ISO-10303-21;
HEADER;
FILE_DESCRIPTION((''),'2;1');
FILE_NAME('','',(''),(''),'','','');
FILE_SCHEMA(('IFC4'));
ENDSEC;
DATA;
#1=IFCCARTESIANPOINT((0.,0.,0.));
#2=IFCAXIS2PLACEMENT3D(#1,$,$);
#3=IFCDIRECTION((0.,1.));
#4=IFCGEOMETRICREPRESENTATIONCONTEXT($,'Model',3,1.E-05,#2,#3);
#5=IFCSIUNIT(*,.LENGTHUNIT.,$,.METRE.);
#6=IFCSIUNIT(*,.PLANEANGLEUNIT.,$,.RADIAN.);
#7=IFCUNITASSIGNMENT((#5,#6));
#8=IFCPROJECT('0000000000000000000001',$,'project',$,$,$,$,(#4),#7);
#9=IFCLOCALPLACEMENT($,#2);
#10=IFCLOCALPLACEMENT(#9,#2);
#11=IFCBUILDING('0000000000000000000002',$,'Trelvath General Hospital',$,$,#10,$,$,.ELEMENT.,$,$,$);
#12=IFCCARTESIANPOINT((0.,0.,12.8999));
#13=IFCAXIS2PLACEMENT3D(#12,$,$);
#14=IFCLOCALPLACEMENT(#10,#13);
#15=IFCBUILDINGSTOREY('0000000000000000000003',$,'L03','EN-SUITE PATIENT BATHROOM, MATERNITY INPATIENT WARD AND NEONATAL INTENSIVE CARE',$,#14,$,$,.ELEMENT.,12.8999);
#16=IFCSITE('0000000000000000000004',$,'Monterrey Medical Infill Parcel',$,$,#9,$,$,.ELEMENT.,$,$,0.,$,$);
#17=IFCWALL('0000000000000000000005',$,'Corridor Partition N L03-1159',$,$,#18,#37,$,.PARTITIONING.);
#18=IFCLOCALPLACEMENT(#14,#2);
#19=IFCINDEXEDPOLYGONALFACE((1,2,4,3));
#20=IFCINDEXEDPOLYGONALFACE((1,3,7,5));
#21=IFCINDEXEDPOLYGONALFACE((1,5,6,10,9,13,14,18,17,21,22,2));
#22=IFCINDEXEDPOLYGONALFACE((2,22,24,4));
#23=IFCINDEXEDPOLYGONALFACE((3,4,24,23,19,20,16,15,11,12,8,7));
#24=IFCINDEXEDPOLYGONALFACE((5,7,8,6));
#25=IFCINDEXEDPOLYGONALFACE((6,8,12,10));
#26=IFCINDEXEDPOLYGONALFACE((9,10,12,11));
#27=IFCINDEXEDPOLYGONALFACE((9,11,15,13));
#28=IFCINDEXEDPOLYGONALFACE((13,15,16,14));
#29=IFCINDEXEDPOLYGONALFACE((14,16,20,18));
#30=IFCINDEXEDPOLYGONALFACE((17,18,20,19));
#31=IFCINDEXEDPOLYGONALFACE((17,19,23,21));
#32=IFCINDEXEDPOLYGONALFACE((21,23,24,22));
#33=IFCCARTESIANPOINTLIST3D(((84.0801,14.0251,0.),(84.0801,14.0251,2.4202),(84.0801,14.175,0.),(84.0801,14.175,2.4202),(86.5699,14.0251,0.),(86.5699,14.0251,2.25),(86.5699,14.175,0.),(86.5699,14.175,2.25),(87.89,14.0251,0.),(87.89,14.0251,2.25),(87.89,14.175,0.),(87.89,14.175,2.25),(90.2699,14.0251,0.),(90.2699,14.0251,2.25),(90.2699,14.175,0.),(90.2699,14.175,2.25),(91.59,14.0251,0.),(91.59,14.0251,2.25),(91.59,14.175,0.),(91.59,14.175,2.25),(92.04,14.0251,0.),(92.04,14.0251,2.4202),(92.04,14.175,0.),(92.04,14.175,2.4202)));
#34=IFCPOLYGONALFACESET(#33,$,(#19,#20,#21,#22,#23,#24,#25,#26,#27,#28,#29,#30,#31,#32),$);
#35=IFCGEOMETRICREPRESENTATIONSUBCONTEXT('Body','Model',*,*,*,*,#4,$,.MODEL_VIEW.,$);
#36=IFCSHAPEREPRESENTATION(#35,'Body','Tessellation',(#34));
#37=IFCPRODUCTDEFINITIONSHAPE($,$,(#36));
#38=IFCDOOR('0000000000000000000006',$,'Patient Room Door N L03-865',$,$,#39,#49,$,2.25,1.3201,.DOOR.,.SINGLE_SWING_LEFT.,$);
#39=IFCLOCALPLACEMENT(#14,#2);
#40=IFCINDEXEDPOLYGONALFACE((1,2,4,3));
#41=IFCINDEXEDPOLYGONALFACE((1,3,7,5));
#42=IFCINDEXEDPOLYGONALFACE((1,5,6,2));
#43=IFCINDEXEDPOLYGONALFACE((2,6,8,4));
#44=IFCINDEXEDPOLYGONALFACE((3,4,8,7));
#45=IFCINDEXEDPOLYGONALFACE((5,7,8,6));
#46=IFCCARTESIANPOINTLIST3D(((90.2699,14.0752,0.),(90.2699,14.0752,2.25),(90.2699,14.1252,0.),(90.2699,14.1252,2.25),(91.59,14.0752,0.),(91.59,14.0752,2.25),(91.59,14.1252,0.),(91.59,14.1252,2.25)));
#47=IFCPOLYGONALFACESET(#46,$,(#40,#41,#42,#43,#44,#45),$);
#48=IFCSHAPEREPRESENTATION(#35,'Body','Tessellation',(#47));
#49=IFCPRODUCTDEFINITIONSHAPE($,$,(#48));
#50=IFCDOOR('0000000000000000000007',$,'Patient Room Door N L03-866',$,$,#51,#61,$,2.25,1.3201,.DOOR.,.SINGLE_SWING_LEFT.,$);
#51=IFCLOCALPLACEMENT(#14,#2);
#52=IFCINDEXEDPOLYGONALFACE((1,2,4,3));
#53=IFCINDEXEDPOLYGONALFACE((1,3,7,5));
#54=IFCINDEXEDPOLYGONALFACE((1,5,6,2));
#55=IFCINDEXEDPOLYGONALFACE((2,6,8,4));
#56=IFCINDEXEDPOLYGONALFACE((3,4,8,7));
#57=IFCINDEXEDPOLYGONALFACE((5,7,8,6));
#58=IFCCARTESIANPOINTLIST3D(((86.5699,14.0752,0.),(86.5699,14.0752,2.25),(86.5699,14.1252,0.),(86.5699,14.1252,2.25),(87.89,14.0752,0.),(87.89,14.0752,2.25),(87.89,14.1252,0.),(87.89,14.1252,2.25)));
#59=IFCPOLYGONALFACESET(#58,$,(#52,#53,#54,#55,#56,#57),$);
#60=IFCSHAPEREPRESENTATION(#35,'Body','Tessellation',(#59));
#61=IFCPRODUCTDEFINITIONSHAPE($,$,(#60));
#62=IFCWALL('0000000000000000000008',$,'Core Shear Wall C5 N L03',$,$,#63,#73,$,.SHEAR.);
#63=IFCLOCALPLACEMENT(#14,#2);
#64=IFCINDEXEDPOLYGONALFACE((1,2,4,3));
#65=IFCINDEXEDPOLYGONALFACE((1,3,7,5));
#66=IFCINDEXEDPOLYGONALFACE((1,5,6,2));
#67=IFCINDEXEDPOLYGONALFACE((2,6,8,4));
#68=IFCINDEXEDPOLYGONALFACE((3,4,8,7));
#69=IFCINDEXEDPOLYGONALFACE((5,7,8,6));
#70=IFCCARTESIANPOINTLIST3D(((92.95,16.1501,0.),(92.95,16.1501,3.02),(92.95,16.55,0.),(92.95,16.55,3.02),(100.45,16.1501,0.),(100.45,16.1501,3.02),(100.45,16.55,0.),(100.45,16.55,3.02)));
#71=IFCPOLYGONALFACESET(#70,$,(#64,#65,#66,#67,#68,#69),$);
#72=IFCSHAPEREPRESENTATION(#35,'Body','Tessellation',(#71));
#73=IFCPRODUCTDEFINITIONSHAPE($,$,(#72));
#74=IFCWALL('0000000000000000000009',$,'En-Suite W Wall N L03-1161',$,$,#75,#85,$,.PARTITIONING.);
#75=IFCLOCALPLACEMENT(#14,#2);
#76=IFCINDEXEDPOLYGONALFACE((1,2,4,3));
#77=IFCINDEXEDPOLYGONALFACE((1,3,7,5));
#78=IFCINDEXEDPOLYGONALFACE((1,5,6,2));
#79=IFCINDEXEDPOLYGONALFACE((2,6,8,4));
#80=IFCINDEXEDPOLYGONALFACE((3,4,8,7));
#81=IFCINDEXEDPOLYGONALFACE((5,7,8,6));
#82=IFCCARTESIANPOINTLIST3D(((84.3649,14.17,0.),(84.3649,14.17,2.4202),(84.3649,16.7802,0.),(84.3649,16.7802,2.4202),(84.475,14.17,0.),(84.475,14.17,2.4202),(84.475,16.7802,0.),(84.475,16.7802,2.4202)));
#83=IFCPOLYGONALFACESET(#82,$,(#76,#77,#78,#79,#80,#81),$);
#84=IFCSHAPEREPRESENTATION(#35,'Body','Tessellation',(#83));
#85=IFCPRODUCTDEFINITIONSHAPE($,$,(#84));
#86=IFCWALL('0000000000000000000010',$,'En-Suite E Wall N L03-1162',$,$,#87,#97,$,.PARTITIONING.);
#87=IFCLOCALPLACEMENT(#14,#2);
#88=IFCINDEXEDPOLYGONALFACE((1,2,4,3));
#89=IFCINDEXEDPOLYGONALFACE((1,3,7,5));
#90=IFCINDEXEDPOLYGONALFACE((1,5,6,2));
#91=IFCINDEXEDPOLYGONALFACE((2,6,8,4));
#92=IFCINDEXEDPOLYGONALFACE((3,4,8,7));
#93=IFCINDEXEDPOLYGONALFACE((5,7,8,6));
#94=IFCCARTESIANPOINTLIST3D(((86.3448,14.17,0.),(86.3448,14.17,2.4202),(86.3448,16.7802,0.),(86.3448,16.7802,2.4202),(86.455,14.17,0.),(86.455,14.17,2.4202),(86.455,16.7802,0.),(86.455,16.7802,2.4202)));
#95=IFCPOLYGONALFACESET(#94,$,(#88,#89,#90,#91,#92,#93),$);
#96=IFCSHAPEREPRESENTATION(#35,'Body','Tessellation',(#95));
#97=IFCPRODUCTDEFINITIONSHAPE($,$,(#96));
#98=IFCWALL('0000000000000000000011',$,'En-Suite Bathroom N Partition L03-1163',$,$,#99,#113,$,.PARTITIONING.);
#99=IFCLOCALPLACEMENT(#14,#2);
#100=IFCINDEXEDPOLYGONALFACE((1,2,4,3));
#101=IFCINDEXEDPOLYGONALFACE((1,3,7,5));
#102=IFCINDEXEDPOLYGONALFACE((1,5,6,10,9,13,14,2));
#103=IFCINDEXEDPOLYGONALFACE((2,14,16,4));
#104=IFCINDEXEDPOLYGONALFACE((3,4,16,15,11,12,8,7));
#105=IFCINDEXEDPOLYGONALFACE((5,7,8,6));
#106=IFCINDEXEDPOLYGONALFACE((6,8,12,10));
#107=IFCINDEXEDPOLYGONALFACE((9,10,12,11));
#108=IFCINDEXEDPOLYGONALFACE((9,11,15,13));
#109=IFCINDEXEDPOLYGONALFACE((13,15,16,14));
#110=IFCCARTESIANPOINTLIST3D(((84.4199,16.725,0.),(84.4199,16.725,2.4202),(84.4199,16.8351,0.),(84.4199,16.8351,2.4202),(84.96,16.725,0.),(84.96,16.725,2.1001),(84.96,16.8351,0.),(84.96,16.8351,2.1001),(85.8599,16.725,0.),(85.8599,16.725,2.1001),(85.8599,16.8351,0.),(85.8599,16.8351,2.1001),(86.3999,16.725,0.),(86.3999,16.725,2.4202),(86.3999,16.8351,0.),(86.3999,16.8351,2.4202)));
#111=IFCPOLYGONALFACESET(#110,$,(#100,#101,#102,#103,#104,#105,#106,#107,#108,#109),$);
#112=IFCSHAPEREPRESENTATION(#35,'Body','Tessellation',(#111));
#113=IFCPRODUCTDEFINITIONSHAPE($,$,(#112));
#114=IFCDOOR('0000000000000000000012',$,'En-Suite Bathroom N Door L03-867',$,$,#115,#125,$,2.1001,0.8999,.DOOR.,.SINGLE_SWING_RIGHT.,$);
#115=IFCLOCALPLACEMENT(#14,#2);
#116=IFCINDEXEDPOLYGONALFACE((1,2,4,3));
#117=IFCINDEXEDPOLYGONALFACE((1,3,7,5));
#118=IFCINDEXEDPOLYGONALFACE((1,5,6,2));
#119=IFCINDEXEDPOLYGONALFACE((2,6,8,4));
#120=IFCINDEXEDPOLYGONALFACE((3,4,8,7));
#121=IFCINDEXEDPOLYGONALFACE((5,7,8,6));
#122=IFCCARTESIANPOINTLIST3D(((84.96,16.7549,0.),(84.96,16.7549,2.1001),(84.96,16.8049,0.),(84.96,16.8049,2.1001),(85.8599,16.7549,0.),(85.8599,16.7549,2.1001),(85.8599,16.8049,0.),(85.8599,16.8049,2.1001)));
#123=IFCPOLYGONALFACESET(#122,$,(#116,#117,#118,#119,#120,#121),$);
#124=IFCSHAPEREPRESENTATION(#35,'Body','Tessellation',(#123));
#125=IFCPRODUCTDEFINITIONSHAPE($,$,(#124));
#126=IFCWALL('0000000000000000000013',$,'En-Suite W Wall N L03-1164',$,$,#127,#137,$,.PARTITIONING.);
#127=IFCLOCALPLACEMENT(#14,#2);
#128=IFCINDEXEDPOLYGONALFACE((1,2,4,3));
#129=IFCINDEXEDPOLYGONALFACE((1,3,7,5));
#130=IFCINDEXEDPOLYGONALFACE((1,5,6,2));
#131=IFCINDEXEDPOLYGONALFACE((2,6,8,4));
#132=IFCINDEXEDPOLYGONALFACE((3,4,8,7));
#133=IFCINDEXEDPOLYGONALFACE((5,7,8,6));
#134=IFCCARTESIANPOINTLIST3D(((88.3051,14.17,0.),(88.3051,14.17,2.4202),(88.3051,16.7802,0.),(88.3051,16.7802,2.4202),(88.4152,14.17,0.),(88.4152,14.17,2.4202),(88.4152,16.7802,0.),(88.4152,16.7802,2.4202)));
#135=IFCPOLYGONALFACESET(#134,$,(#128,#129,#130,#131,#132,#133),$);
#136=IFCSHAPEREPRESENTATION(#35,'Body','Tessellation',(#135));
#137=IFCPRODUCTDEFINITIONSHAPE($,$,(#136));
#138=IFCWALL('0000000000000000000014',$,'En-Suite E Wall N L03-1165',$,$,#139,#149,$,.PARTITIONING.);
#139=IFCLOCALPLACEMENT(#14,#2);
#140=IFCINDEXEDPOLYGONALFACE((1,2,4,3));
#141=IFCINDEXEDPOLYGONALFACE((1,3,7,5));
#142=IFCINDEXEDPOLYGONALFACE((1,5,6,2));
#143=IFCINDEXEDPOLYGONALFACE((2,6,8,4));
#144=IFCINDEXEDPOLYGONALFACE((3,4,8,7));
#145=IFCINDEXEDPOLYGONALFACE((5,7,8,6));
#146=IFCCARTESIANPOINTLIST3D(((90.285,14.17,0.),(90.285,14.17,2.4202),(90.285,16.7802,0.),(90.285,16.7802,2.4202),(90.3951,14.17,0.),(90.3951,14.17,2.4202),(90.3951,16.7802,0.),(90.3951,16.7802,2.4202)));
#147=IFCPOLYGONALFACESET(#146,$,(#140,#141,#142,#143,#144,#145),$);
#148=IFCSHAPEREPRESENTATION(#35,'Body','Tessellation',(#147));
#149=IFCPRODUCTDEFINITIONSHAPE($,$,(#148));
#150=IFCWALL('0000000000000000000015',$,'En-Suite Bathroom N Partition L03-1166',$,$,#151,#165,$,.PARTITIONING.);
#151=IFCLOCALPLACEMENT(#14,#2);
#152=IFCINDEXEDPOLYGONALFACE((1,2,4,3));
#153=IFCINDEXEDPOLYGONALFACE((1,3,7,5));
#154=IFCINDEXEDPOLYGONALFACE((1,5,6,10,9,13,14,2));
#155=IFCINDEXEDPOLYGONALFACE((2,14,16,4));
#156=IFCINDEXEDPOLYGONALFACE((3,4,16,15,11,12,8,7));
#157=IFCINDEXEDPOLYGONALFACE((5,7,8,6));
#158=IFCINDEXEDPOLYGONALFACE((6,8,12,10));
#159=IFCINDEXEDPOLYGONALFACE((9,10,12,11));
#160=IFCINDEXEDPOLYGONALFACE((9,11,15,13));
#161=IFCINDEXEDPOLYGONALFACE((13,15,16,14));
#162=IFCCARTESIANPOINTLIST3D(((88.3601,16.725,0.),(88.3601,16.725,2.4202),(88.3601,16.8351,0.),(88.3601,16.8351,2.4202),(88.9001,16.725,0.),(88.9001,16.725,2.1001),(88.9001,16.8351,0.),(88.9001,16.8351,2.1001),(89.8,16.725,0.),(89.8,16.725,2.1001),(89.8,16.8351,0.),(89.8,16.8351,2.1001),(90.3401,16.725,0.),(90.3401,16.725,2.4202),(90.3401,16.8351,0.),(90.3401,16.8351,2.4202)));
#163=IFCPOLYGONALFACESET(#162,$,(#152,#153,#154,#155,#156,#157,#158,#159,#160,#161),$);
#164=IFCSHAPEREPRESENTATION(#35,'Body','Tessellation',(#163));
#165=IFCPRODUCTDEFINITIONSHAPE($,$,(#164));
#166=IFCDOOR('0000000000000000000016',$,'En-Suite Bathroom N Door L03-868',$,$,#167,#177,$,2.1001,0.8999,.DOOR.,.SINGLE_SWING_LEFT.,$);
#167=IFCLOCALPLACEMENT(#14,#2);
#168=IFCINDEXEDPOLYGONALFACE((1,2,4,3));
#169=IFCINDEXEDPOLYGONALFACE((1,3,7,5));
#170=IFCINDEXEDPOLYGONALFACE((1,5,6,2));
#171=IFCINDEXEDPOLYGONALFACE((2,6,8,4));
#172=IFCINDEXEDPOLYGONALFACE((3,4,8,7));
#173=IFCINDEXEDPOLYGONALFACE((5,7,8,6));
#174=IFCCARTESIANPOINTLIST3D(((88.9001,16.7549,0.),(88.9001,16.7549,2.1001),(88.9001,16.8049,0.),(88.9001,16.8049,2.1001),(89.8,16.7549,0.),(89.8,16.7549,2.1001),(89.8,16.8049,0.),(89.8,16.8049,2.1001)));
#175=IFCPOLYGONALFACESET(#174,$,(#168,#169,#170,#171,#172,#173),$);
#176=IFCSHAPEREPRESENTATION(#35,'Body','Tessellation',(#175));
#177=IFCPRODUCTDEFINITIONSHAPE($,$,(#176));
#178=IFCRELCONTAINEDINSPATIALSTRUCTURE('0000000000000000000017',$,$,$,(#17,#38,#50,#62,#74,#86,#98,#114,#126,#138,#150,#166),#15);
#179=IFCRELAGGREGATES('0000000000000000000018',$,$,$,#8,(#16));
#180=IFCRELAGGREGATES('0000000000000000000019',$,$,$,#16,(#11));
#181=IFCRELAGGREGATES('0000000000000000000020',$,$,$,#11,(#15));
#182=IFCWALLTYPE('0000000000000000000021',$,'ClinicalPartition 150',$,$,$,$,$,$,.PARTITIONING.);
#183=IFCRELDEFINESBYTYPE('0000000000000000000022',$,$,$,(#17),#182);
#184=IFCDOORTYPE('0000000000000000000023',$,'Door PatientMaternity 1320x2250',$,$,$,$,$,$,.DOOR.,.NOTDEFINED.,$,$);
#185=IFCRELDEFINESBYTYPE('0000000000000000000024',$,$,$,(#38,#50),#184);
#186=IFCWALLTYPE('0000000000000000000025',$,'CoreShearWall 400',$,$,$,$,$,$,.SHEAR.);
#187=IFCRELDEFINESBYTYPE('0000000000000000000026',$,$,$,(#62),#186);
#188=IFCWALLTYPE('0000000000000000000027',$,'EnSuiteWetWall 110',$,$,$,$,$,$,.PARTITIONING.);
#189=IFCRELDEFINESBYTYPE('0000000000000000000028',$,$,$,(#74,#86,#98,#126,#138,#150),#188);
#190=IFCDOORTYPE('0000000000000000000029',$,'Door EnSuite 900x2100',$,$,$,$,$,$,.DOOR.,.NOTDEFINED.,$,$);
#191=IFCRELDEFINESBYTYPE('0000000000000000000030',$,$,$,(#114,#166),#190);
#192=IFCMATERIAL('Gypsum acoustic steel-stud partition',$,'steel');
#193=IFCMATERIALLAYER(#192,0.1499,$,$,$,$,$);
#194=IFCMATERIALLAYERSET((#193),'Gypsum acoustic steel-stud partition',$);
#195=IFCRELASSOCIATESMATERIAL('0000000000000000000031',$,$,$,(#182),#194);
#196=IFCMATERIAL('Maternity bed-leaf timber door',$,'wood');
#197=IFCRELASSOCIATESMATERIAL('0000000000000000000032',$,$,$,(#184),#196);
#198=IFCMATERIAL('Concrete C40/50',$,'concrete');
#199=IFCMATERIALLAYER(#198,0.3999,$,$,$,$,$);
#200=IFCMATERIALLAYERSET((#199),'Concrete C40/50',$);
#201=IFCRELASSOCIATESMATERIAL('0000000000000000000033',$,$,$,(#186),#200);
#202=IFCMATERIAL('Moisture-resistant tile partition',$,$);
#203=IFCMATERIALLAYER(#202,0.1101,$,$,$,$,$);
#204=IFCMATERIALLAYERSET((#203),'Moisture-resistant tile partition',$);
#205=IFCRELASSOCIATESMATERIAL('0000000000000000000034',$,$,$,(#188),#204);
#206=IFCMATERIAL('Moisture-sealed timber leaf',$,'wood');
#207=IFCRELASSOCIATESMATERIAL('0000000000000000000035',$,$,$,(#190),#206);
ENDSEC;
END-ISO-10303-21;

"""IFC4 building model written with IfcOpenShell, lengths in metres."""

from ifc_helpers import new_model, si_unit, direction, frame, frame_2d, origin, place, context, subcontext, project, spatial, rectangle, extrude, material, layer, layer_set, type_object, element, fill, save


model = new_model("IFC4")

# Units and contexts
model_context = context("Model", 3, precision=1e-05, world=origin(), true_north=direction((0.0, 1.0)))
body_context = subcontext(model_context, "Body", "Model", "MODEL_VIEW")
ifc_project = project(units=[si_unit("LENGTHUNIT", "METRE"), si_unit("PLANEANGLEUNIT", "RADIAN")], contexts=[model_context])

# Site, building, storey
site_placement = place(None, origin())
site = spatial("IfcSite", under=ifc_project, at=site_placement, Name="Monterrey Medical Infill Parcel", CompositionType="ELEMENT", RefElevation=0.0)
building_placement = place(site_placement, origin())
building = spatial("IfcBuilding", under=site, at=building_placement, Name="Trelvath General Hospital", CompositionType="ELEMENT")
storey_placement = place(building_placement, frame((0.0, 0.0, 12.8999)))
storey = spatial("IfcBuildingStorey", under=building, at=storey_placement, Name="L03", Description="EN-SUITE PATIENT BATHROOM, MATERNITY INPATIENT WARD AND NEONATAL INTENSIVE CARE", CompositionType="ELEMENT", Elevation=12.8999)

# Shared definitions
ifc_material_1 = material(Name="Gypsum acoustic steel-stud partition", Category="steel")
ifc_layer_1 = layer(ifc_material_1, 0.1499)
ifc_layer_set_1 = layer_set([ifc_layer_1], Name="Gypsum acoustic steel-stud partition")
wall_type_1 = type_object("IfcWallType", Name="ClinicalPartition 150", PredefinedType="PARTITIONING", material=ifc_layer_set_1)

# Wall, openings, doors
wall_1_placement = place(storey_placement, frame((92.04, 14.1001, 0.0), z_axis=(0.0, 0.0, 1.0), x_axis=(-1.0, 0.0, 0.0)))
wall_1 = element("IfcWall", 1, at=wall_1_placement, inside=storey, type_object=wall_type_1, Name="Corridor Partition N L03-1159", PredefinedType="PARTITIONING", context=body_context, shape_type="SweptSolid", body=[
    extrude(rectangle(XDim=7.96, YDim=0.1499, at=frame_2d((3.98, 0.0))), origin(), (0.0, 0.0, 1.0), 2.4202),
])
opening_1_placement = place(wall_1_placement, frame((0.45, 0.0, 0.0)))
opening_1 = element("IfcOpeningElement", 2, at=opening_1_placement, cuts=wall_1, PredefinedType="OPENING", context=body_context, shape_type="SweptSolid", body=[
    extrude(rectangle(XDim=1.3201, YDim=2.25, at=frame_2d((0.6602, 1.125))), frame((0.0, 0.085, 0.0), z_axis=(0.0, -1.0, 0.0), x_axis=(1.0, 0.0, 0.0)), (0.0, 0.0, 1.0), 0.1699),
])
opening_2_placement = place(wall_1_placement, frame((4.1499, 0.0, 0.0)))
opening_2 = element("IfcOpeningElement", 3, at=opening_2_placement, cuts=wall_1, PredefinedType="OPENING", context=body_context, shape_type="SweptSolid", body=[
    extrude(rectangle(XDim=1.3201, YDim=2.25, at=frame_2d((0.6602, 1.125))), frame((0.0, 0.085, 0.0), z_axis=(0.0, -1.0, 0.0), x_axis=(1.0, 0.0, 0.0)), (0.0, 0.0, 1.0), 0.1699),
])
ifc_material_2 = material(Name="Maternity bed-leaf timber door", Category="wood")
door_type_1 = type_object("IfcDoorType", Name="Door PatientMaternity 1320x2250", OperationType="NOTDEFINED", PredefinedType="DOOR", material=ifc_material_2)
door_1_placement = place(opening_1_placement, origin())
door_1 = element("IfcDoor", 4, at=door_1_placement, inside=storey, type_object=door_type_1, Name="Patient Room Door N L03-865", OperationType="SINGLE_SWING_LEFT", OverallHeight=2.25, OverallWidth=1.3201, PredefinedType="DOOR", context=body_context, shape_type="SweptSolid", body=[
    extrude(rectangle(XDim=1.3201, YDim=2.25, at=frame_2d((0.6602, 1.125))), frame((0.0, 0.0249, 0.0), z_axis=(0.0, -1.0, 0.0), x_axis=(1.0, 0.0, 0.0)), (0.0, 0.0, 1.0), 0.05),
])
fill(opening_1, door_1)
door_2_placement = place(opening_2_placement, origin())
door_2 = element("IfcDoor", 5, at=door_2_placement, inside=storey, type_object=door_type_1, Name="Patient Room Door N L03-866", OperationType="SINGLE_SWING_LEFT", OverallHeight=2.25, OverallWidth=1.3201, PredefinedType="DOOR", context=body_context, shape_type="SweptSolid", body=[
    extrude(rectangle(XDim=1.3201, YDim=2.25, at=frame_2d((0.6602, 1.125))), frame((0.0, 0.0249, 0.0), z_axis=(0.0, -1.0, 0.0), x_axis=(1.0, 0.0, 0.0)), (0.0, 0.0, 1.0), 0.05),
])
fill(opening_2, door_2)

# Wall
ifc_material_3 = material(Name="Concrete C40/50", Category="concrete")
ifc_layer_2 = layer(ifc_material_3, 0.3999)
ifc_layer_set_2 = layer_set([ifc_layer_2], Name="Concrete C40/50")
wall_type_2 = type_object("IfcWallType", Name="CoreShearWall 400", PredefinedType="SHEAR", material=ifc_layer_set_2)
wall_2_placement = place(storey_placement, frame((92.95, 16.3501, 0.0), z_axis=(0.0, 0.0, 1.0), x_axis=(1.0, 0.0, 0.0)))
element("IfcWall", 6, at=wall_2_placement, inside=storey, type_object=wall_type_2, Name="Core Shear Wall C5 N L03", PredefinedType="SHEAR", context=body_context, shape_type="SweptSolid", body=[
    extrude(rectangle(XDim=7.5, YDim=0.3999, at=frame_2d((3.75, 0.0))), origin(), (0.0, 0.0, 1.0), 3.02),
])

# Walls
ifc_material_4 = material(Name="Moisture-resistant tile partition")
ifc_layer_3 = layer(ifc_material_4, 0.1101)
ifc_layer_set_3 = layer_set([ifc_layer_3], Name="Moisture-resistant tile partition")
wall_type_3 = type_object("IfcWallType", Name="EnSuiteWetWall 110", PredefinedType="PARTITIONING", material=ifc_layer_set_3)
for number, where, z_axis, x_axis, name in (
    (7, (84.4199, 14.1699, 0.0), (0.0, 0.0, 1.0), (0.0, 1.0, 0.0), "En-Suite W Wall N L03-1161"),
    (8, (86.3999, 14.1699, 0.0), (0.0, 0.0, 1.0), (0.0, 1.0, 0.0), "En-Suite E Wall N L03-1162"),
):
    element("IfcWall", number, at=place(storey_placement, frame(where, z_axis=z_axis, x_axis=x_axis)), inside=storey, type_object=wall_type_3, Name=name, PredefinedType="PARTITIONING", context=body_context, shape_type="SweptSolid", body=[
        extrude(rectangle(XDim=2.6101, YDim=0.1101, at=frame_2d((1.3052, 0.0))), origin(), (0.0, 0.0, 1.0), 2.4202),
    ])

# Wall, opening, door
wall_3_placement = place(storey_placement, frame((84.4199, 16.78, 0.0), z_axis=(0.0, 0.0, 1.0), x_axis=(1.0, 0.0, 0.0)))
wall_3 = element("IfcWall", 9, at=wall_3_placement, inside=storey, type_object=wall_type_3, Name="En-Suite Bathroom N Partition L03-1163", PredefinedType="PARTITIONING", context=body_context, shape_type="SweptSolid", body=[
    extrude(rectangle(XDim=1.98, YDim=0.1101, at=frame_2d((0.99, 0.0))), origin(), (0.0, 0.0, 1.0), 2.4202),
])
opening_3_placement = place(wall_3_placement, frame((0.54, 0.0, 0.0)))
opening_3 = element("IfcOpeningElement", 10, at=opening_3_placement, cuts=wall_3, PredefinedType="OPENING", context=body_context, shape_type="SweptSolid", body=[
    extrude(rectangle(XDim=0.8999, YDim=2.1001, at=frame_2d((0.45, 1.05))), frame((0.0, 0.0649, 0.0), z_axis=(0.0, -1.0, 0.0), x_axis=(1.0, 0.0, 0.0)), (0.0, 0.0, 1.0), 0.1301),
])
ifc_material_5 = material(Name="Moisture-sealed timber leaf", Category="wood")
door_type_2 = type_object("IfcDoorType", Name="Door EnSuite 900x2100", OperationType="NOTDEFINED", PredefinedType="DOOR", material=ifc_material_5)
door_3_placement = place(opening_3_placement, origin())
door_3 = element("IfcDoor", 11, at=door_3_placement, inside=storey, type_object=door_type_2, Name="En-Suite Bathroom N Door L03-867", OperationType="SINGLE_SWING_RIGHT", OverallHeight=2.1001, OverallWidth=0.8999, PredefinedType="DOOR", context=body_context, shape_type="SweptSolid", body=[
    extrude(rectangle(XDim=0.8999, YDim=2.1001, at=frame_2d((0.45, 1.05))), frame((0.0, 0.0249, 0.0), z_axis=(0.0, -1.0, 0.0), x_axis=(1.0, 0.0, 0.0)), (0.0, 0.0, 1.0), 0.05),
])
fill(opening_3, door_3)

# Walls
for number, where, z_axis, x_axis, name in (
    (12, (88.3601, 14.1699, 0.0), (0.0, 0.0, 1.0), (0.0, 1.0, 0.0), "En-Suite W Wall N L03-1164"),
    (13, (90.3401, 14.1699, 0.0), (0.0, 0.0, 1.0), (0.0, 1.0, 0.0), "En-Suite E Wall N L03-1165"),
):
    element("IfcWall", number, at=place(storey_placement, frame(where, z_axis=z_axis, x_axis=x_axis)), inside=storey, type_object=wall_type_3, Name=name, PredefinedType="PARTITIONING", context=body_context, shape_type="SweptSolid", body=[
        extrude(rectangle(XDim=2.6101, YDim=0.1101, at=frame_2d((1.3052, 0.0))), origin(), (0.0, 0.0, 1.0), 2.4202),
    ])

# Wall, opening, door
wall_4_placement = place(storey_placement, frame((88.3601, 16.78, 0.0), z_axis=(0.0, 0.0, 1.0), x_axis=(1.0, 0.0, 0.0)))
wall_4 = element("IfcWall", 14, at=wall_4_placement, inside=storey, type_object=wall_type_3, Name="En-Suite Bathroom N Partition L03-1166", PredefinedType="PARTITIONING", context=body_context, shape_type="SweptSolid", body=[
    extrude(rectangle(XDim=1.98, YDim=0.1101, at=frame_2d((0.99, 0.0))), origin(), (0.0, 0.0, 1.0), 2.4202),
])
opening_4_placement = place(wall_4_placement, frame((0.54, 0.0, 0.0)))
opening_4 = element("IfcOpeningElement", 15, at=opening_4_placement, cuts=wall_4, PredefinedType="OPENING", context=body_context, shape_type="SweptSolid", body=[
    extrude(rectangle(XDim=0.8999, YDim=2.1001, at=frame_2d((0.45, 1.05))), frame((0.0, 0.0649, 0.0), z_axis=(0.0, -1.0, 0.0), x_axis=(1.0, 0.0, 0.0)), (0.0, 0.0, 1.0), 0.1301),
])
door_4_placement = place(opening_4_placement, origin())
door_4 = element("IfcDoor", 16, at=door_4_placement, inside=storey, type_object=door_type_2, Name="En-Suite Bathroom N Door L03-868", OperationType="SINGLE_SWING_LEFT", OverallHeight=2.1001, OverallWidth=0.8999, PredefinedType="DOOR", context=body_context, shape_type="SweptSolid", body=[
    extrude(rectangle(XDim=0.8999, YDim=2.1001, at=frame_2d((0.45, 1.05))), frame((0.0, 0.0249, 0.0), z_axis=(0.0, -1.0, 0.0), x_axis=(1.0, 0.0, 0.0)), (0.0, 0.0, 1.0), 0.05),
])
fill(opening_4, door_4)

save(model, "model.ifc")
